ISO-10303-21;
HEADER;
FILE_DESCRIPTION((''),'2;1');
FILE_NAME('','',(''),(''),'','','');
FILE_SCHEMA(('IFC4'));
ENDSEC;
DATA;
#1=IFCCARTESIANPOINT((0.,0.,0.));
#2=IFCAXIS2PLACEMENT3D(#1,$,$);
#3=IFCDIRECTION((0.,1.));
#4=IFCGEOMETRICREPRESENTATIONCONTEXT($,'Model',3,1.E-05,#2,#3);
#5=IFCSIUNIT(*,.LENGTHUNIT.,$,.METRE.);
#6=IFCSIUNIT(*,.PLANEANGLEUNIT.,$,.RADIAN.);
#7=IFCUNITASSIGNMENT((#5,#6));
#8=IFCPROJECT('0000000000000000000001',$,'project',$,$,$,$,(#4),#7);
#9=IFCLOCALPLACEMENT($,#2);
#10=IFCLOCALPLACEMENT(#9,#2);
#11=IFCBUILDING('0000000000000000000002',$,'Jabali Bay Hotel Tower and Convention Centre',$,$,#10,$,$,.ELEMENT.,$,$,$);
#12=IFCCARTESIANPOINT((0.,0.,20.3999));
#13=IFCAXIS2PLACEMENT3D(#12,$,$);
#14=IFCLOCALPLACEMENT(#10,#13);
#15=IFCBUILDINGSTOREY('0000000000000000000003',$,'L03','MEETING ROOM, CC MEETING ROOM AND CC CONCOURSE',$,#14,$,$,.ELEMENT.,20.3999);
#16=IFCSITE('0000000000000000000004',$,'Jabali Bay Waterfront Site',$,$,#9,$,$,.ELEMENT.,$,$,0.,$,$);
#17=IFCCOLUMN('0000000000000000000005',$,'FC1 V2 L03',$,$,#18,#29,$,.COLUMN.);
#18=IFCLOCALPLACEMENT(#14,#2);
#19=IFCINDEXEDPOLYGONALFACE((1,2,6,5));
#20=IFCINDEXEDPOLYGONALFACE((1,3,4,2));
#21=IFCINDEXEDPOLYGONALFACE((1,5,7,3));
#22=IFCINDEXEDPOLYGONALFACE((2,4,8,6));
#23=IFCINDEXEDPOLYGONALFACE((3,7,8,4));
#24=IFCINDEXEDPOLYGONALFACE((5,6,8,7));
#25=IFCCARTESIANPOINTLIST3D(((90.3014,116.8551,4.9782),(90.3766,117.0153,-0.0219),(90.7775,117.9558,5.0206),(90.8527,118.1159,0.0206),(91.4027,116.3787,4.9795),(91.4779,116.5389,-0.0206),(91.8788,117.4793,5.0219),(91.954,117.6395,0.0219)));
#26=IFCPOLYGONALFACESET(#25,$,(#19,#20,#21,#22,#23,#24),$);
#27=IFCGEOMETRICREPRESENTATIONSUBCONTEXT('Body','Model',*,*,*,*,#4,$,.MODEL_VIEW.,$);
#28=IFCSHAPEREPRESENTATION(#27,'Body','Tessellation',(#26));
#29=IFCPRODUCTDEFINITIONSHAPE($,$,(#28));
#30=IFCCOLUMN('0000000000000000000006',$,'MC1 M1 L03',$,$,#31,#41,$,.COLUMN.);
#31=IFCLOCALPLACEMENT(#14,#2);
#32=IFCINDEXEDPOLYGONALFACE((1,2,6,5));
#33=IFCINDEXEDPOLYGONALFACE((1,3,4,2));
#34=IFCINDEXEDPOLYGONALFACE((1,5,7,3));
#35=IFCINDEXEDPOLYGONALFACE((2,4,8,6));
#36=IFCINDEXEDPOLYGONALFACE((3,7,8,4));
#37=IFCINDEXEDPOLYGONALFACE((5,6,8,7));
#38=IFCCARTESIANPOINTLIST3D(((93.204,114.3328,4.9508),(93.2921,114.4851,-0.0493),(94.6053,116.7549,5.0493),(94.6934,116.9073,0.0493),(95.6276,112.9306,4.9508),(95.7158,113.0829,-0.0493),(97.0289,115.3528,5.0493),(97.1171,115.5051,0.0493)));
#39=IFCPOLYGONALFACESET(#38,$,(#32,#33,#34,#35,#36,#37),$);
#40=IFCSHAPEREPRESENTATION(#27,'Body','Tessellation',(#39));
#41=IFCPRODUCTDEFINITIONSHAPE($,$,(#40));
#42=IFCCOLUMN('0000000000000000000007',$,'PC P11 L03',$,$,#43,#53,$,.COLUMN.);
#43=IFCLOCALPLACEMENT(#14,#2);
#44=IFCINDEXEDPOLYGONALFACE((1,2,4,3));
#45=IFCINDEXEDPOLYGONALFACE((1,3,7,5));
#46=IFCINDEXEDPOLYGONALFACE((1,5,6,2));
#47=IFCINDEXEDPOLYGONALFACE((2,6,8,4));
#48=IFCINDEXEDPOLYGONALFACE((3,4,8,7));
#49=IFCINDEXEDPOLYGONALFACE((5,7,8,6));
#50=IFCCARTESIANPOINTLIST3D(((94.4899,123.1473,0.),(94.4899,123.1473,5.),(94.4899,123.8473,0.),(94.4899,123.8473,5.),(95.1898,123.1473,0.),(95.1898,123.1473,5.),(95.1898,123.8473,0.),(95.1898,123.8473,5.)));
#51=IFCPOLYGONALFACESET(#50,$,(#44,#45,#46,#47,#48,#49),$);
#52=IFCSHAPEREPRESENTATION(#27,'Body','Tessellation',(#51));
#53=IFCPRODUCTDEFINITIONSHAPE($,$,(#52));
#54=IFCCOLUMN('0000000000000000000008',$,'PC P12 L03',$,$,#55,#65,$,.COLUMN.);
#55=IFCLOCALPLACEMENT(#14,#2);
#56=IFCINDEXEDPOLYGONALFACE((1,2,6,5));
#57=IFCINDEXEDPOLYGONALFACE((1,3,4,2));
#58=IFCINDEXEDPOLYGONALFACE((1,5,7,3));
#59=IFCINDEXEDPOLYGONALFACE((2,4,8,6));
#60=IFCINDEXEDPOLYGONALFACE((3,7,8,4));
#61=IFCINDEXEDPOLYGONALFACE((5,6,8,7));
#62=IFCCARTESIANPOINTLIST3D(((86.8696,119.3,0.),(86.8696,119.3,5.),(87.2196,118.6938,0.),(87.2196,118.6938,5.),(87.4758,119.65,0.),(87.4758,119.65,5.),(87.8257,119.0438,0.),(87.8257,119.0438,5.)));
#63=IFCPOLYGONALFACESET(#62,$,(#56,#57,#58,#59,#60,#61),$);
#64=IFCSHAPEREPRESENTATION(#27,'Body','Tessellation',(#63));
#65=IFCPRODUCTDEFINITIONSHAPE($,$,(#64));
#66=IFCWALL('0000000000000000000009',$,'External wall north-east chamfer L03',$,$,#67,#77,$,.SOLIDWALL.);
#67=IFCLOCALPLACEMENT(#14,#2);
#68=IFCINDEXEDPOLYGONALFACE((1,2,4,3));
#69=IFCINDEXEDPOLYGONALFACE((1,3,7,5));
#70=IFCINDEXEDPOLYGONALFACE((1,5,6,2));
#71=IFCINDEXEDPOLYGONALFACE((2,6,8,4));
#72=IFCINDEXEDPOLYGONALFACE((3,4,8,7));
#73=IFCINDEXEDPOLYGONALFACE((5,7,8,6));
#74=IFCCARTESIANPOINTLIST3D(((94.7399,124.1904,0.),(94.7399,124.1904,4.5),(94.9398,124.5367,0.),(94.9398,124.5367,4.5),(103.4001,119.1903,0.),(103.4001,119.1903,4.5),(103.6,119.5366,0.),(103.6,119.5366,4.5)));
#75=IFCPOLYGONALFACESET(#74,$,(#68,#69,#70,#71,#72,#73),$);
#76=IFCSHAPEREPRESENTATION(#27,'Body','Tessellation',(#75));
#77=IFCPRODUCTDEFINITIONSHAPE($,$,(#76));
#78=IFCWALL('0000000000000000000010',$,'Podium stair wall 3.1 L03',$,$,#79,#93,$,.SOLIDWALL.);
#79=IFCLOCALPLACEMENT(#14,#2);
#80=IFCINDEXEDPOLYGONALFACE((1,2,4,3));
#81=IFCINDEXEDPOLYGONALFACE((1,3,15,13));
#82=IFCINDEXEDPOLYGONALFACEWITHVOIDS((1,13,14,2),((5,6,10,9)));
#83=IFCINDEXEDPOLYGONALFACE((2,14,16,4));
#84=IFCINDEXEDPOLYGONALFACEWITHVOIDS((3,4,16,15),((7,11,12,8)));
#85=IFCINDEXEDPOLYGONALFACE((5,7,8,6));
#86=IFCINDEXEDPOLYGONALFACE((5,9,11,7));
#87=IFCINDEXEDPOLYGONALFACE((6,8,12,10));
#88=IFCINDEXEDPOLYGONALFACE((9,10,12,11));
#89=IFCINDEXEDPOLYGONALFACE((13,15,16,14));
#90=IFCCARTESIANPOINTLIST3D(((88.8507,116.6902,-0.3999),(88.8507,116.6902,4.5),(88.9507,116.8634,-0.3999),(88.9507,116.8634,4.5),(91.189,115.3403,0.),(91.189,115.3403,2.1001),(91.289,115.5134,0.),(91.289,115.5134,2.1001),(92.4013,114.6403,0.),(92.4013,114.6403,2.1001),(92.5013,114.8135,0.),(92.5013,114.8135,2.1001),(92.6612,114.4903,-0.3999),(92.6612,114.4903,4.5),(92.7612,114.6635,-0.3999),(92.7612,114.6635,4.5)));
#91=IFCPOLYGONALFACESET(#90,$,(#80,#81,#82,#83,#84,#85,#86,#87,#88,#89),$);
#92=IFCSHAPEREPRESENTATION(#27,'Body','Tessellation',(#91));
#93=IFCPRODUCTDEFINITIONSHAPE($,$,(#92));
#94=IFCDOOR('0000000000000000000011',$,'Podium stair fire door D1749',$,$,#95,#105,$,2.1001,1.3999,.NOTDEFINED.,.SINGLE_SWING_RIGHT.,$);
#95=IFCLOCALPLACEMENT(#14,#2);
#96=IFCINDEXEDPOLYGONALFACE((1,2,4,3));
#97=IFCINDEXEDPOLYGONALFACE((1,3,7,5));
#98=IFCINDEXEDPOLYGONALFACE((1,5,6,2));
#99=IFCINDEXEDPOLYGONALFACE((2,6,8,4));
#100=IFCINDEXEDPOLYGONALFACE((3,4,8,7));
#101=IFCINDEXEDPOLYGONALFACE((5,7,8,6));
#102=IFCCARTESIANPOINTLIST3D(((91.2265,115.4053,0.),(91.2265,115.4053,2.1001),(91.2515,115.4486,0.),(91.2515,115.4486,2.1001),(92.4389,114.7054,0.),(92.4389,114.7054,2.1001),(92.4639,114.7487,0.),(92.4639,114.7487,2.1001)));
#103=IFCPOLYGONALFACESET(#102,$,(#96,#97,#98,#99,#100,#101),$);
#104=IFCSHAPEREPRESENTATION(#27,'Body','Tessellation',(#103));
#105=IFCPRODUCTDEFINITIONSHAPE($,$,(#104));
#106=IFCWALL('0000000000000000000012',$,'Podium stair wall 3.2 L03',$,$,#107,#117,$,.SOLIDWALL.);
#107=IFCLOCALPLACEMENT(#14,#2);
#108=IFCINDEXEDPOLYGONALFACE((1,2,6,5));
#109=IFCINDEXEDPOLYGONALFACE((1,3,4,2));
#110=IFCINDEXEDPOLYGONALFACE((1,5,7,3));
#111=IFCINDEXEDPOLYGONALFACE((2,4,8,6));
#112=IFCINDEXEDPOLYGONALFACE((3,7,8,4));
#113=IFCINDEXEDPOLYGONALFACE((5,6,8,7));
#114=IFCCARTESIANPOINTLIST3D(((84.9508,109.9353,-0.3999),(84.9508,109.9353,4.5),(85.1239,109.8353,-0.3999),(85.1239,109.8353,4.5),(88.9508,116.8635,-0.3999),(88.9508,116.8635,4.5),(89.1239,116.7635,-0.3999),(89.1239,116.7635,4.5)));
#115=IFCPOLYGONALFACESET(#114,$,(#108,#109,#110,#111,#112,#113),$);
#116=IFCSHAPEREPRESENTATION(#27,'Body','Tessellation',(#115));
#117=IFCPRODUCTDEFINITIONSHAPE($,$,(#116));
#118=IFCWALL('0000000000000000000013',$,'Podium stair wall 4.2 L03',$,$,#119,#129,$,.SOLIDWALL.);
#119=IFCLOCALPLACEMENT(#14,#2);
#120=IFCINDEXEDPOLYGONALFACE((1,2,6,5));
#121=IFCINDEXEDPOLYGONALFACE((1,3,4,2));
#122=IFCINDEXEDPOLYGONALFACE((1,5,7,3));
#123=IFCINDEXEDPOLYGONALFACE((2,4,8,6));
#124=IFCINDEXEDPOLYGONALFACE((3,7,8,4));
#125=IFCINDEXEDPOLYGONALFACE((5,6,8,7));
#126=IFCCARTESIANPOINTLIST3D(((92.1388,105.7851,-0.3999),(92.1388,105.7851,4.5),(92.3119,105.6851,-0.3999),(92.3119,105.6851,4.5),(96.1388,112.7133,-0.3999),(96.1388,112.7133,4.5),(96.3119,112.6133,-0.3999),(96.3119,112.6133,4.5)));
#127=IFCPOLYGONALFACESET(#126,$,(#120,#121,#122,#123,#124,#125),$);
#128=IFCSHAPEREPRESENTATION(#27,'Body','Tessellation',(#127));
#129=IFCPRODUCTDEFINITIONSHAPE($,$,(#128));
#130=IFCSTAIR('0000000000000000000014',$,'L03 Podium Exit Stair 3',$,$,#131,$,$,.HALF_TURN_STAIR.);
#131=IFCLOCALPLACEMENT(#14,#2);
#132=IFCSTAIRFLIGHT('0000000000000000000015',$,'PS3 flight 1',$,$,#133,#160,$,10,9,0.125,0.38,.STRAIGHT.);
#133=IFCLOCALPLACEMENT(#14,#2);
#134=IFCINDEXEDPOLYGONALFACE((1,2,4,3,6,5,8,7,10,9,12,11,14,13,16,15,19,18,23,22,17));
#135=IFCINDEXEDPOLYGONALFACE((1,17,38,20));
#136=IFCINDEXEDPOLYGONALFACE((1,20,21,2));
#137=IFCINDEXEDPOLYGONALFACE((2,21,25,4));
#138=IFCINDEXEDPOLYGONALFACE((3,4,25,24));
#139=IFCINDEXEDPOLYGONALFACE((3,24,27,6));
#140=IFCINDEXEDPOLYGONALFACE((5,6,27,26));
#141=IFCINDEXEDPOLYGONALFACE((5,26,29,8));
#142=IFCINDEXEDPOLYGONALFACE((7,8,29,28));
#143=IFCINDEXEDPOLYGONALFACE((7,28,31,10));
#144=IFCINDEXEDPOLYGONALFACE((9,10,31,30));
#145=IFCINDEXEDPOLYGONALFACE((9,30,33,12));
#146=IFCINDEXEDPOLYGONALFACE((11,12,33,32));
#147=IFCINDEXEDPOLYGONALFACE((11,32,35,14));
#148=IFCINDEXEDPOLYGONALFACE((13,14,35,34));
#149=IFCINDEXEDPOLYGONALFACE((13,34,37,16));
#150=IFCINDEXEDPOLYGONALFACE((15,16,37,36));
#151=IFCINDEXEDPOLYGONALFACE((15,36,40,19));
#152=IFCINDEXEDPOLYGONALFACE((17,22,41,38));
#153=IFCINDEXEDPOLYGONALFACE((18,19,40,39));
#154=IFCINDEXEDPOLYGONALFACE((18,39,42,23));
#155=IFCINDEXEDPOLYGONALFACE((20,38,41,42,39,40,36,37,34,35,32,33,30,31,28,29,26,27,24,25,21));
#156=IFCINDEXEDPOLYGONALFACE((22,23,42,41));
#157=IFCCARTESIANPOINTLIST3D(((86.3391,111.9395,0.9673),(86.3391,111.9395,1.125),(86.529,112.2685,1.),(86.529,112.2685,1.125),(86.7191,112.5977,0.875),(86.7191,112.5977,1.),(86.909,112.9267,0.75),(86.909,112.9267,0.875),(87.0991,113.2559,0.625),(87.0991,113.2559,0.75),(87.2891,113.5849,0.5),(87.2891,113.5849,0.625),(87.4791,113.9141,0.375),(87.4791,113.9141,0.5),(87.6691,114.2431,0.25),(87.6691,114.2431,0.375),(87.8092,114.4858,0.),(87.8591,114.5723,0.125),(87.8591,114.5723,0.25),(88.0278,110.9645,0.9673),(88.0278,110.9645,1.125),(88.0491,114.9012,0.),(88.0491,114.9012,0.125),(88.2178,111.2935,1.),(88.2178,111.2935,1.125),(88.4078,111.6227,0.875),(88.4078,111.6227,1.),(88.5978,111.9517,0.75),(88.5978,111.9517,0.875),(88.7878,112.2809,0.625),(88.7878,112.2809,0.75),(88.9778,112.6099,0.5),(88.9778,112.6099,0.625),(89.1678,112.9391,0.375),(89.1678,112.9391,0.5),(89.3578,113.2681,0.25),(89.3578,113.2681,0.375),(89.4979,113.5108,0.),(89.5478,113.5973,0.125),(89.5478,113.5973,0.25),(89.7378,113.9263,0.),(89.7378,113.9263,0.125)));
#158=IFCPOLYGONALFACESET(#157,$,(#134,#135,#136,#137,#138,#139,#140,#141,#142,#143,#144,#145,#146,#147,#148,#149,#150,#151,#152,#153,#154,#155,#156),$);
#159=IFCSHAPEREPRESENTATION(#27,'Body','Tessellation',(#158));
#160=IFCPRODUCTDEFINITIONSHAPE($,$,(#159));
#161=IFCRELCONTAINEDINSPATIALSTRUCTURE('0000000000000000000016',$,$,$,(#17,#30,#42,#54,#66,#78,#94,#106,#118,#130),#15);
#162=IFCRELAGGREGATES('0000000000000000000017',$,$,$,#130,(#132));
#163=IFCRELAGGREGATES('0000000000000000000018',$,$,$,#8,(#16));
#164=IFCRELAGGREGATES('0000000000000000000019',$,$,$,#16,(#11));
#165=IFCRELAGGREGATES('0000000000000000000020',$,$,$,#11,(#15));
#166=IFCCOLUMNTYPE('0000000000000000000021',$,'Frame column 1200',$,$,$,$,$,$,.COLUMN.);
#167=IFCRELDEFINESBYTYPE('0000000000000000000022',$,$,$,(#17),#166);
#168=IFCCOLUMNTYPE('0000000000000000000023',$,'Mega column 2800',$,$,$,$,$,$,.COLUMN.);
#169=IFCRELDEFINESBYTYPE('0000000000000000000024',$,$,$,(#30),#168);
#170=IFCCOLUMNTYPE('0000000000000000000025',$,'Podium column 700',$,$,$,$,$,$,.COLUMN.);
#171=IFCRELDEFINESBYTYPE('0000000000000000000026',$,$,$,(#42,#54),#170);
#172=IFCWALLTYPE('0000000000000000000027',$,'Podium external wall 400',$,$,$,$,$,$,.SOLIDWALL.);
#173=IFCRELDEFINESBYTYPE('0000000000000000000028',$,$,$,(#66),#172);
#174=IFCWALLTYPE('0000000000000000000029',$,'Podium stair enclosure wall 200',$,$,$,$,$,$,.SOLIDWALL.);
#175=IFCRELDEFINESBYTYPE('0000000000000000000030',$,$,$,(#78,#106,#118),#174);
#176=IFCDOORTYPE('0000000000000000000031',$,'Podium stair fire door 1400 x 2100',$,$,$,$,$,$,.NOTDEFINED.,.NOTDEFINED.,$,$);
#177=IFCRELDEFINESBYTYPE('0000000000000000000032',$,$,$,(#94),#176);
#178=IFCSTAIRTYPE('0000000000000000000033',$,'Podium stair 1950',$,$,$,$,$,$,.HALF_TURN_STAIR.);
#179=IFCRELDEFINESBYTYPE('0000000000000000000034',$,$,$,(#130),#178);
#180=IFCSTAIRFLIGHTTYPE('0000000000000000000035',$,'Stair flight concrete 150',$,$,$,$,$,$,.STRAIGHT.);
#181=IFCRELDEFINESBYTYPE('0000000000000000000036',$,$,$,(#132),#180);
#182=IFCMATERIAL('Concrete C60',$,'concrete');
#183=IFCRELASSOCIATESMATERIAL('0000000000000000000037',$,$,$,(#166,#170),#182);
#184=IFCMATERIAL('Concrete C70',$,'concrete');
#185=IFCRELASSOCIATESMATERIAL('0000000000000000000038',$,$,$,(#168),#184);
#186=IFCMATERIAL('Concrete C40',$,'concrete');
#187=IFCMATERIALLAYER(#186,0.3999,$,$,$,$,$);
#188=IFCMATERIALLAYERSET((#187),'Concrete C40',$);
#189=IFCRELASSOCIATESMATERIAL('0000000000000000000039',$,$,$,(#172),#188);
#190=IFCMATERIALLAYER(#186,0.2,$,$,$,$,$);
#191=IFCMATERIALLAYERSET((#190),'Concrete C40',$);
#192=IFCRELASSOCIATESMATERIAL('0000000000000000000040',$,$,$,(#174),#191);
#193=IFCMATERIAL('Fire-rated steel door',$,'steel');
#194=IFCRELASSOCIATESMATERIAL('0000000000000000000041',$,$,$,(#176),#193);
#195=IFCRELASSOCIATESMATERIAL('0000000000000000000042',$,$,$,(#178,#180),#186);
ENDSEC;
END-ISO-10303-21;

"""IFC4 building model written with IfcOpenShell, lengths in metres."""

from ifc_helpers import new_model, si_unit, direction, frame, frame_2d, origin, origin_2d, place, context, subcontext, project, spatial, polyline, rectangle, outline, extrude, material, layer, layer_set, material_profile, profile_set, type_object, element, fill, aggregate, save


model = new_model("IFC4")

# Units and contexts
model_context = context("Model", 3, precision=1e-05, world=origin(), true_north=direction((0.0, 1.0)))
body_context = subcontext(model_context, "Body", "Model", "MODEL_VIEW")
ifc_project = project(units=[si_unit("LENGTHUNIT", "METRE"), si_unit("PLANEANGLEUNIT", "RADIAN")], contexts=[model_context])

# Site, building, storey
site_placement = place(None, origin())
site = spatial("IfcSite", under=ifc_project, at=site_placement, Name="Jabali Bay Waterfront Site", CompositionType="ELEMENT", RefElevation=0.0)
building_placement = place(site_placement, origin())
building = spatial("IfcBuilding", under=site, at=building_placement, Name="Jabali Bay Hotel Tower and Convention Centre", CompositionType="ELEMENT")
storey_placement = place(building_placement, frame((0.0, 0.0, 20.3999)))
storey = spatial("IfcBuildingStorey", under=building, at=storey_placement, Name="L03", Description="MEETING ROOM, CC MEETING ROOM AND CC CONCOURSE", CompositionType="ELEMENT", Elevation=20.3999)

# Columns
ifc_material_1 = material(Name="Concrete C60", Category="concrete")
ifc_material_profile_1 = material_profile(ifc_material_1, rectangle(XDim=1.2, YDim=1.2, at=origin_2d()), Name="Frame column 1200")
ifc_profile_set_1 = profile_set([ifc_material_profile_1], Name="Concrete C60")
column_type_1 = type_object("IfcColumnType", Name="Frame column 1200", PredefinedType="COLUMN", material=ifc_profile_set_1)
column_1_placement = place(storey_placement, frame((91.1653, 117.3274, 0.0), z_axis=(-0.01503, -0.032011, 0.999375), x_axis=(0.917799, -0.397044, 0.001085)))
element("IfcColumn", 1, at=column_1_placement, inside=storey, type_object=column_type_1, Name="FC1 V2 L03", PredefinedType="COLUMN", context=body_context, shape_type="SweptSolid", body=[
    extrude(rectangle(XDim=1.2, YDim=1.2, at=origin_2d()), origin(), (0.0, 0.0, 1.0), 5.0032),
])
ifc_material_2 = material(Name="Concrete C70", Category="concrete")
ifc_material_profile_2 = material_profile(ifc_material_2, rectangle(XDim=2.8, YDim=2.8, at=origin_2d()), Name="Mega column 2800")
ifc_profile_set_2 = profile_set([ifc_material_profile_2], Name="Concrete C70")
column_type_2 = type_object("IfcColumnType", Name="Mega column 2800", PredefinedType="COLUMN", material=ifc_profile_set_2)
column_2_placement = place(storey_placement, frame((95.2046, 114.9951, 0.0), z_axis=(-0.017616, -0.03045, 0.999381), x_axis=(0.500456, 0.865047, 0.035178)))
element("IfcColumn", 2, at=column_2_placement, inside=storey, type_object=column_type_2, Name="MC1 M1 L03", PredefinedType="COLUMN", context=body_context, shape_type="SweptSolid", body=[
    extrude(rectangle(XDim=2.8, YDim=2.8, at=origin_2d()), origin(), (0.0, 0.0, 1.0), 5.0032),
])
ifc_material_profile_3 = material_profile(ifc_material_1, rectangle(XDim=0.7, YDim=0.7, at=origin_2d()), Name="Podium column 700")
ifc_profile_set_3 = profile_set([ifc_material_profile_3], Name="Concrete C60")
column_type_3 = type_object("IfcColumnType", Name="Podium column 700", PredefinedType="COLUMN", material=ifc_profile_set_3)
for number, where, z_axis, x_axis, name in (
    (3, (94.8398, 123.4973, 0.0), (0.0, 0.0, 1.0), (0.0, 1.0, 0.0), "PC P11 L03"),
    (4, (87.3477, 119.1719, 0.0), (0.0, 0.0, 1.0), (0.866025, 0.5, 0.0), "PC P12 L03"),
):
    element("IfcColumn", number, at=place(storey_placement, frame(where, z_axis=z_axis, x_axis=x_axis)), inside=storey, type_object=column_type_3, Name=name, PredefinedType="COLUMN", context=body_context, shape_type="SweptSolid", body=[
        extrude(rectangle(XDim=0.7, YDim=0.7, at=origin_2d()), origin(), (0.0, 0.0, 1.0), 5.0),
    ])

# Wall
ifc_material_3 = material(Name="Concrete C40", Category="concrete")
ifc_layer_1 = layer(ifc_material_3, 0.3999)
ifc_layer_set_1 = layer_set([ifc_layer_1], Name="Concrete C40")
wall_type_1 = type_object("IfcWallType", Name="Podium external wall 400", PredefinedType="SOLIDWALL", material=ifc_layer_set_1)
wall_1_placement = place(storey_placement, frame((94.8398, 124.3635, 0.0), z_axis=(0.0, 0.0, 1.0), x_axis=(0.866023, -0.500004, 0.0)))
element("IfcWall", 5, at=wall_1_placement, inside=storey, type_object=wall_type_1, Name="External wall north-east chamfer L03", PredefinedType="SOLIDWALL", context=body_context, shape_type="SweptSolid", body=[
    extrude(rectangle(XDim=10.0, YDim=0.3999, at=frame_2d((5.0, 0.0))), origin(), (0.0, 0.0, 1.0), 4.5),
])

# Wall, opening, door
ifc_layer_2 = layer(ifc_material_3, 0.2)
ifc_layer_set_2 = layer_set([ifc_layer_2], Name="Concrete C40")
wall_type_2 = type_object("IfcWallType", Name="Podium stair enclosure wall 200", PredefinedType="SOLIDWALL", material=ifc_layer_set_2)
wall_2_placement = place(storey_placement, frame((92.7112, 114.5769, -0.3999), z_axis=(0.0, 0.0, 1.0), x_axis=(-0.866032, 0.499988, 0.0)))
wall_2 = element("IfcWall", 6, at=wall_2_placement, inside=storey, type_object=wall_type_2, Name="Podium stair wall 3.1 L03", PredefinedType="SOLIDWALL", context=body_context, shape_type="SweptSolid", body=[
    extrude(rectangle(XDim=4.3999, YDim=0.2, at=frame_2d((2.2, 0.0))), origin(), (0.0, 0.0, 1.0), 4.8999),
])
opening_placement = place(wall_2_placement, frame((0.3, 0.0, 0.3999)))
opening = element("IfcOpeningElement", 7, at=opening_placement, cuts=wall_2, PredefinedType="OPENING", context=body_context, shape_type="SweptSolid", body=[
    extrude(rectangle(XDim=1.3999, YDim=2.1001, at=frame_2d((0.7, 1.05))), frame((0.0, 0.1104, 0.0), z_axis=(0.0, -1.0, 0.0), x_axis=(1.0, 0.0, 0.0)), (0.0, 0.0, 1.0), 0.2209),
])
ifc_material_4 = material(Name="Fire-rated steel door", Category="steel")
door_type = type_object("IfcDoorType", Name="Podium stair fire door 1400 x 2100", OperationType="NOTDEFINED", PredefinedType="NOTDEFINED", material=ifc_material_4)
door_placement = place(opening_placement, origin())
door = element("IfcDoor", 8, at=door_placement, inside=storey, type_object=door_type, Name="Podium stair fire door D1749", OperationType="SINGLE_SWING_RIGHT", OverallHeight=2.1001, OverallWidth=1.3999, PredefinedType="NOTDEFINED", context=body_context, shape_type="SweptSolid", body=[
    extrude(rectangle(XDim=1.3999, YDim=2.1001, at=frame_2d((0.7, 1.05))), frame((0.0, 0.0249, 0.0), z_axis=(0.0, -1.0, 0.0), x_axis=(1.0, 0.0, 0.0)), (0.0, 0.0, 1.0), 0.05),
])
fill(opening, door)

# Walls
for number, where, z_axis, x_axis, name in (
    (9, (89.0374, 116.8135, -0.3999), (0.0, 0.0, 1.0), (-0.499999, -0.866026, 0.0), "Podium stair wall 3.2 L03"),
    (10, (96.2253, 112.6633, -0.3999), (0.0, 0.0, 1.0), (-0.499999, -0.866026, 0.0), "Podium stair wall 4.2 L03"),
):
    element("IfcWall", number, at=place(storey_placement, frame(where, z_axis=z_axis, x_axis=x_axis)), inside=storey, type_object=wall_type_2, Name=name, PredefinedType="SOLIDWALL", context=body_context, shape_type="SweptSolid", body=[
        extrude(rectangle(XDim=8.0, YDim=0.2, at=frame_2d((4.0, 0.0))), origin(), (0.0, 0.0, 1.0), 4.8999),
    ])

# Stair, stair flight
stair_type = type_object("IfcStairType", Name="Podium stair 1950", PredefinedType="HALF_TURN_STAIR", material=ifc_material_3)
stair_1_placement = place(storey_placement, origin())
stair_1 = element("IfcStair", 11, at=stair_1_placement, inside=storey, type_object=stair_type, Name="L03 Podium Exit Stair 3", PredefinedType="HALF_TURN_STAIR")
stair_flight_type = type_object("IfcStairFlightType", Name="Stair flight concrete 150", PredefinedType="STRAIGHT", material=ifc_material_3)
stair_flight_1_placement = place(storey_placement, frame((88.8933, 114.4138, 0.0), z_axis=(0.0, 0.0, 1.0), x_axis=(-0.5, -0.866025, 0.0)))
stair_flight_1 = element("IfcStairFlight", 12, at=stair_flight_1_placement, type_object=stair_flight_type, Name="PS3 flight 1", NumberOfRisers=10, NumberOfTreads=9, PredefinedType="STRAIGHT", RiserHeight=0.125, TreadLength=0.38, context=body_context, shape_type="SweptSolid", body=[
    extrude(outline(polyline([(0.0, 0.0), (0.0, 0.125), (0.3799, 0.125), (0.3799, 0.25), (0.76, 0.25), (0.76, 0.375), (1.1399, 0.375), (1.1399, 0.5), (1.52, 0.5), (1.52, 0.625), (1.8999, 0.625), (1.8999, 0.75), (2.28, 0.75), (2.28, 0.875), (2.6599, 0.875), (2.6599, 1.0), (3.04, 1.0), (3.04, 1.125), (3.4199, 1.125), (3.4199, 1.25), (3.4199, 0.9673), (0.4797, 0.0), (0.0, 0.0)])), frame((0.0, 0.9751, 0.0), z_axis=(0.0, -1.0, 0.0), x_axis=(1.0, 0.0, 0.0)), (0.0, 0.0, 1.0), 1.95),
])
aggregate(stair_1, [stair_flight_1])

save(model, "model.ifc")
